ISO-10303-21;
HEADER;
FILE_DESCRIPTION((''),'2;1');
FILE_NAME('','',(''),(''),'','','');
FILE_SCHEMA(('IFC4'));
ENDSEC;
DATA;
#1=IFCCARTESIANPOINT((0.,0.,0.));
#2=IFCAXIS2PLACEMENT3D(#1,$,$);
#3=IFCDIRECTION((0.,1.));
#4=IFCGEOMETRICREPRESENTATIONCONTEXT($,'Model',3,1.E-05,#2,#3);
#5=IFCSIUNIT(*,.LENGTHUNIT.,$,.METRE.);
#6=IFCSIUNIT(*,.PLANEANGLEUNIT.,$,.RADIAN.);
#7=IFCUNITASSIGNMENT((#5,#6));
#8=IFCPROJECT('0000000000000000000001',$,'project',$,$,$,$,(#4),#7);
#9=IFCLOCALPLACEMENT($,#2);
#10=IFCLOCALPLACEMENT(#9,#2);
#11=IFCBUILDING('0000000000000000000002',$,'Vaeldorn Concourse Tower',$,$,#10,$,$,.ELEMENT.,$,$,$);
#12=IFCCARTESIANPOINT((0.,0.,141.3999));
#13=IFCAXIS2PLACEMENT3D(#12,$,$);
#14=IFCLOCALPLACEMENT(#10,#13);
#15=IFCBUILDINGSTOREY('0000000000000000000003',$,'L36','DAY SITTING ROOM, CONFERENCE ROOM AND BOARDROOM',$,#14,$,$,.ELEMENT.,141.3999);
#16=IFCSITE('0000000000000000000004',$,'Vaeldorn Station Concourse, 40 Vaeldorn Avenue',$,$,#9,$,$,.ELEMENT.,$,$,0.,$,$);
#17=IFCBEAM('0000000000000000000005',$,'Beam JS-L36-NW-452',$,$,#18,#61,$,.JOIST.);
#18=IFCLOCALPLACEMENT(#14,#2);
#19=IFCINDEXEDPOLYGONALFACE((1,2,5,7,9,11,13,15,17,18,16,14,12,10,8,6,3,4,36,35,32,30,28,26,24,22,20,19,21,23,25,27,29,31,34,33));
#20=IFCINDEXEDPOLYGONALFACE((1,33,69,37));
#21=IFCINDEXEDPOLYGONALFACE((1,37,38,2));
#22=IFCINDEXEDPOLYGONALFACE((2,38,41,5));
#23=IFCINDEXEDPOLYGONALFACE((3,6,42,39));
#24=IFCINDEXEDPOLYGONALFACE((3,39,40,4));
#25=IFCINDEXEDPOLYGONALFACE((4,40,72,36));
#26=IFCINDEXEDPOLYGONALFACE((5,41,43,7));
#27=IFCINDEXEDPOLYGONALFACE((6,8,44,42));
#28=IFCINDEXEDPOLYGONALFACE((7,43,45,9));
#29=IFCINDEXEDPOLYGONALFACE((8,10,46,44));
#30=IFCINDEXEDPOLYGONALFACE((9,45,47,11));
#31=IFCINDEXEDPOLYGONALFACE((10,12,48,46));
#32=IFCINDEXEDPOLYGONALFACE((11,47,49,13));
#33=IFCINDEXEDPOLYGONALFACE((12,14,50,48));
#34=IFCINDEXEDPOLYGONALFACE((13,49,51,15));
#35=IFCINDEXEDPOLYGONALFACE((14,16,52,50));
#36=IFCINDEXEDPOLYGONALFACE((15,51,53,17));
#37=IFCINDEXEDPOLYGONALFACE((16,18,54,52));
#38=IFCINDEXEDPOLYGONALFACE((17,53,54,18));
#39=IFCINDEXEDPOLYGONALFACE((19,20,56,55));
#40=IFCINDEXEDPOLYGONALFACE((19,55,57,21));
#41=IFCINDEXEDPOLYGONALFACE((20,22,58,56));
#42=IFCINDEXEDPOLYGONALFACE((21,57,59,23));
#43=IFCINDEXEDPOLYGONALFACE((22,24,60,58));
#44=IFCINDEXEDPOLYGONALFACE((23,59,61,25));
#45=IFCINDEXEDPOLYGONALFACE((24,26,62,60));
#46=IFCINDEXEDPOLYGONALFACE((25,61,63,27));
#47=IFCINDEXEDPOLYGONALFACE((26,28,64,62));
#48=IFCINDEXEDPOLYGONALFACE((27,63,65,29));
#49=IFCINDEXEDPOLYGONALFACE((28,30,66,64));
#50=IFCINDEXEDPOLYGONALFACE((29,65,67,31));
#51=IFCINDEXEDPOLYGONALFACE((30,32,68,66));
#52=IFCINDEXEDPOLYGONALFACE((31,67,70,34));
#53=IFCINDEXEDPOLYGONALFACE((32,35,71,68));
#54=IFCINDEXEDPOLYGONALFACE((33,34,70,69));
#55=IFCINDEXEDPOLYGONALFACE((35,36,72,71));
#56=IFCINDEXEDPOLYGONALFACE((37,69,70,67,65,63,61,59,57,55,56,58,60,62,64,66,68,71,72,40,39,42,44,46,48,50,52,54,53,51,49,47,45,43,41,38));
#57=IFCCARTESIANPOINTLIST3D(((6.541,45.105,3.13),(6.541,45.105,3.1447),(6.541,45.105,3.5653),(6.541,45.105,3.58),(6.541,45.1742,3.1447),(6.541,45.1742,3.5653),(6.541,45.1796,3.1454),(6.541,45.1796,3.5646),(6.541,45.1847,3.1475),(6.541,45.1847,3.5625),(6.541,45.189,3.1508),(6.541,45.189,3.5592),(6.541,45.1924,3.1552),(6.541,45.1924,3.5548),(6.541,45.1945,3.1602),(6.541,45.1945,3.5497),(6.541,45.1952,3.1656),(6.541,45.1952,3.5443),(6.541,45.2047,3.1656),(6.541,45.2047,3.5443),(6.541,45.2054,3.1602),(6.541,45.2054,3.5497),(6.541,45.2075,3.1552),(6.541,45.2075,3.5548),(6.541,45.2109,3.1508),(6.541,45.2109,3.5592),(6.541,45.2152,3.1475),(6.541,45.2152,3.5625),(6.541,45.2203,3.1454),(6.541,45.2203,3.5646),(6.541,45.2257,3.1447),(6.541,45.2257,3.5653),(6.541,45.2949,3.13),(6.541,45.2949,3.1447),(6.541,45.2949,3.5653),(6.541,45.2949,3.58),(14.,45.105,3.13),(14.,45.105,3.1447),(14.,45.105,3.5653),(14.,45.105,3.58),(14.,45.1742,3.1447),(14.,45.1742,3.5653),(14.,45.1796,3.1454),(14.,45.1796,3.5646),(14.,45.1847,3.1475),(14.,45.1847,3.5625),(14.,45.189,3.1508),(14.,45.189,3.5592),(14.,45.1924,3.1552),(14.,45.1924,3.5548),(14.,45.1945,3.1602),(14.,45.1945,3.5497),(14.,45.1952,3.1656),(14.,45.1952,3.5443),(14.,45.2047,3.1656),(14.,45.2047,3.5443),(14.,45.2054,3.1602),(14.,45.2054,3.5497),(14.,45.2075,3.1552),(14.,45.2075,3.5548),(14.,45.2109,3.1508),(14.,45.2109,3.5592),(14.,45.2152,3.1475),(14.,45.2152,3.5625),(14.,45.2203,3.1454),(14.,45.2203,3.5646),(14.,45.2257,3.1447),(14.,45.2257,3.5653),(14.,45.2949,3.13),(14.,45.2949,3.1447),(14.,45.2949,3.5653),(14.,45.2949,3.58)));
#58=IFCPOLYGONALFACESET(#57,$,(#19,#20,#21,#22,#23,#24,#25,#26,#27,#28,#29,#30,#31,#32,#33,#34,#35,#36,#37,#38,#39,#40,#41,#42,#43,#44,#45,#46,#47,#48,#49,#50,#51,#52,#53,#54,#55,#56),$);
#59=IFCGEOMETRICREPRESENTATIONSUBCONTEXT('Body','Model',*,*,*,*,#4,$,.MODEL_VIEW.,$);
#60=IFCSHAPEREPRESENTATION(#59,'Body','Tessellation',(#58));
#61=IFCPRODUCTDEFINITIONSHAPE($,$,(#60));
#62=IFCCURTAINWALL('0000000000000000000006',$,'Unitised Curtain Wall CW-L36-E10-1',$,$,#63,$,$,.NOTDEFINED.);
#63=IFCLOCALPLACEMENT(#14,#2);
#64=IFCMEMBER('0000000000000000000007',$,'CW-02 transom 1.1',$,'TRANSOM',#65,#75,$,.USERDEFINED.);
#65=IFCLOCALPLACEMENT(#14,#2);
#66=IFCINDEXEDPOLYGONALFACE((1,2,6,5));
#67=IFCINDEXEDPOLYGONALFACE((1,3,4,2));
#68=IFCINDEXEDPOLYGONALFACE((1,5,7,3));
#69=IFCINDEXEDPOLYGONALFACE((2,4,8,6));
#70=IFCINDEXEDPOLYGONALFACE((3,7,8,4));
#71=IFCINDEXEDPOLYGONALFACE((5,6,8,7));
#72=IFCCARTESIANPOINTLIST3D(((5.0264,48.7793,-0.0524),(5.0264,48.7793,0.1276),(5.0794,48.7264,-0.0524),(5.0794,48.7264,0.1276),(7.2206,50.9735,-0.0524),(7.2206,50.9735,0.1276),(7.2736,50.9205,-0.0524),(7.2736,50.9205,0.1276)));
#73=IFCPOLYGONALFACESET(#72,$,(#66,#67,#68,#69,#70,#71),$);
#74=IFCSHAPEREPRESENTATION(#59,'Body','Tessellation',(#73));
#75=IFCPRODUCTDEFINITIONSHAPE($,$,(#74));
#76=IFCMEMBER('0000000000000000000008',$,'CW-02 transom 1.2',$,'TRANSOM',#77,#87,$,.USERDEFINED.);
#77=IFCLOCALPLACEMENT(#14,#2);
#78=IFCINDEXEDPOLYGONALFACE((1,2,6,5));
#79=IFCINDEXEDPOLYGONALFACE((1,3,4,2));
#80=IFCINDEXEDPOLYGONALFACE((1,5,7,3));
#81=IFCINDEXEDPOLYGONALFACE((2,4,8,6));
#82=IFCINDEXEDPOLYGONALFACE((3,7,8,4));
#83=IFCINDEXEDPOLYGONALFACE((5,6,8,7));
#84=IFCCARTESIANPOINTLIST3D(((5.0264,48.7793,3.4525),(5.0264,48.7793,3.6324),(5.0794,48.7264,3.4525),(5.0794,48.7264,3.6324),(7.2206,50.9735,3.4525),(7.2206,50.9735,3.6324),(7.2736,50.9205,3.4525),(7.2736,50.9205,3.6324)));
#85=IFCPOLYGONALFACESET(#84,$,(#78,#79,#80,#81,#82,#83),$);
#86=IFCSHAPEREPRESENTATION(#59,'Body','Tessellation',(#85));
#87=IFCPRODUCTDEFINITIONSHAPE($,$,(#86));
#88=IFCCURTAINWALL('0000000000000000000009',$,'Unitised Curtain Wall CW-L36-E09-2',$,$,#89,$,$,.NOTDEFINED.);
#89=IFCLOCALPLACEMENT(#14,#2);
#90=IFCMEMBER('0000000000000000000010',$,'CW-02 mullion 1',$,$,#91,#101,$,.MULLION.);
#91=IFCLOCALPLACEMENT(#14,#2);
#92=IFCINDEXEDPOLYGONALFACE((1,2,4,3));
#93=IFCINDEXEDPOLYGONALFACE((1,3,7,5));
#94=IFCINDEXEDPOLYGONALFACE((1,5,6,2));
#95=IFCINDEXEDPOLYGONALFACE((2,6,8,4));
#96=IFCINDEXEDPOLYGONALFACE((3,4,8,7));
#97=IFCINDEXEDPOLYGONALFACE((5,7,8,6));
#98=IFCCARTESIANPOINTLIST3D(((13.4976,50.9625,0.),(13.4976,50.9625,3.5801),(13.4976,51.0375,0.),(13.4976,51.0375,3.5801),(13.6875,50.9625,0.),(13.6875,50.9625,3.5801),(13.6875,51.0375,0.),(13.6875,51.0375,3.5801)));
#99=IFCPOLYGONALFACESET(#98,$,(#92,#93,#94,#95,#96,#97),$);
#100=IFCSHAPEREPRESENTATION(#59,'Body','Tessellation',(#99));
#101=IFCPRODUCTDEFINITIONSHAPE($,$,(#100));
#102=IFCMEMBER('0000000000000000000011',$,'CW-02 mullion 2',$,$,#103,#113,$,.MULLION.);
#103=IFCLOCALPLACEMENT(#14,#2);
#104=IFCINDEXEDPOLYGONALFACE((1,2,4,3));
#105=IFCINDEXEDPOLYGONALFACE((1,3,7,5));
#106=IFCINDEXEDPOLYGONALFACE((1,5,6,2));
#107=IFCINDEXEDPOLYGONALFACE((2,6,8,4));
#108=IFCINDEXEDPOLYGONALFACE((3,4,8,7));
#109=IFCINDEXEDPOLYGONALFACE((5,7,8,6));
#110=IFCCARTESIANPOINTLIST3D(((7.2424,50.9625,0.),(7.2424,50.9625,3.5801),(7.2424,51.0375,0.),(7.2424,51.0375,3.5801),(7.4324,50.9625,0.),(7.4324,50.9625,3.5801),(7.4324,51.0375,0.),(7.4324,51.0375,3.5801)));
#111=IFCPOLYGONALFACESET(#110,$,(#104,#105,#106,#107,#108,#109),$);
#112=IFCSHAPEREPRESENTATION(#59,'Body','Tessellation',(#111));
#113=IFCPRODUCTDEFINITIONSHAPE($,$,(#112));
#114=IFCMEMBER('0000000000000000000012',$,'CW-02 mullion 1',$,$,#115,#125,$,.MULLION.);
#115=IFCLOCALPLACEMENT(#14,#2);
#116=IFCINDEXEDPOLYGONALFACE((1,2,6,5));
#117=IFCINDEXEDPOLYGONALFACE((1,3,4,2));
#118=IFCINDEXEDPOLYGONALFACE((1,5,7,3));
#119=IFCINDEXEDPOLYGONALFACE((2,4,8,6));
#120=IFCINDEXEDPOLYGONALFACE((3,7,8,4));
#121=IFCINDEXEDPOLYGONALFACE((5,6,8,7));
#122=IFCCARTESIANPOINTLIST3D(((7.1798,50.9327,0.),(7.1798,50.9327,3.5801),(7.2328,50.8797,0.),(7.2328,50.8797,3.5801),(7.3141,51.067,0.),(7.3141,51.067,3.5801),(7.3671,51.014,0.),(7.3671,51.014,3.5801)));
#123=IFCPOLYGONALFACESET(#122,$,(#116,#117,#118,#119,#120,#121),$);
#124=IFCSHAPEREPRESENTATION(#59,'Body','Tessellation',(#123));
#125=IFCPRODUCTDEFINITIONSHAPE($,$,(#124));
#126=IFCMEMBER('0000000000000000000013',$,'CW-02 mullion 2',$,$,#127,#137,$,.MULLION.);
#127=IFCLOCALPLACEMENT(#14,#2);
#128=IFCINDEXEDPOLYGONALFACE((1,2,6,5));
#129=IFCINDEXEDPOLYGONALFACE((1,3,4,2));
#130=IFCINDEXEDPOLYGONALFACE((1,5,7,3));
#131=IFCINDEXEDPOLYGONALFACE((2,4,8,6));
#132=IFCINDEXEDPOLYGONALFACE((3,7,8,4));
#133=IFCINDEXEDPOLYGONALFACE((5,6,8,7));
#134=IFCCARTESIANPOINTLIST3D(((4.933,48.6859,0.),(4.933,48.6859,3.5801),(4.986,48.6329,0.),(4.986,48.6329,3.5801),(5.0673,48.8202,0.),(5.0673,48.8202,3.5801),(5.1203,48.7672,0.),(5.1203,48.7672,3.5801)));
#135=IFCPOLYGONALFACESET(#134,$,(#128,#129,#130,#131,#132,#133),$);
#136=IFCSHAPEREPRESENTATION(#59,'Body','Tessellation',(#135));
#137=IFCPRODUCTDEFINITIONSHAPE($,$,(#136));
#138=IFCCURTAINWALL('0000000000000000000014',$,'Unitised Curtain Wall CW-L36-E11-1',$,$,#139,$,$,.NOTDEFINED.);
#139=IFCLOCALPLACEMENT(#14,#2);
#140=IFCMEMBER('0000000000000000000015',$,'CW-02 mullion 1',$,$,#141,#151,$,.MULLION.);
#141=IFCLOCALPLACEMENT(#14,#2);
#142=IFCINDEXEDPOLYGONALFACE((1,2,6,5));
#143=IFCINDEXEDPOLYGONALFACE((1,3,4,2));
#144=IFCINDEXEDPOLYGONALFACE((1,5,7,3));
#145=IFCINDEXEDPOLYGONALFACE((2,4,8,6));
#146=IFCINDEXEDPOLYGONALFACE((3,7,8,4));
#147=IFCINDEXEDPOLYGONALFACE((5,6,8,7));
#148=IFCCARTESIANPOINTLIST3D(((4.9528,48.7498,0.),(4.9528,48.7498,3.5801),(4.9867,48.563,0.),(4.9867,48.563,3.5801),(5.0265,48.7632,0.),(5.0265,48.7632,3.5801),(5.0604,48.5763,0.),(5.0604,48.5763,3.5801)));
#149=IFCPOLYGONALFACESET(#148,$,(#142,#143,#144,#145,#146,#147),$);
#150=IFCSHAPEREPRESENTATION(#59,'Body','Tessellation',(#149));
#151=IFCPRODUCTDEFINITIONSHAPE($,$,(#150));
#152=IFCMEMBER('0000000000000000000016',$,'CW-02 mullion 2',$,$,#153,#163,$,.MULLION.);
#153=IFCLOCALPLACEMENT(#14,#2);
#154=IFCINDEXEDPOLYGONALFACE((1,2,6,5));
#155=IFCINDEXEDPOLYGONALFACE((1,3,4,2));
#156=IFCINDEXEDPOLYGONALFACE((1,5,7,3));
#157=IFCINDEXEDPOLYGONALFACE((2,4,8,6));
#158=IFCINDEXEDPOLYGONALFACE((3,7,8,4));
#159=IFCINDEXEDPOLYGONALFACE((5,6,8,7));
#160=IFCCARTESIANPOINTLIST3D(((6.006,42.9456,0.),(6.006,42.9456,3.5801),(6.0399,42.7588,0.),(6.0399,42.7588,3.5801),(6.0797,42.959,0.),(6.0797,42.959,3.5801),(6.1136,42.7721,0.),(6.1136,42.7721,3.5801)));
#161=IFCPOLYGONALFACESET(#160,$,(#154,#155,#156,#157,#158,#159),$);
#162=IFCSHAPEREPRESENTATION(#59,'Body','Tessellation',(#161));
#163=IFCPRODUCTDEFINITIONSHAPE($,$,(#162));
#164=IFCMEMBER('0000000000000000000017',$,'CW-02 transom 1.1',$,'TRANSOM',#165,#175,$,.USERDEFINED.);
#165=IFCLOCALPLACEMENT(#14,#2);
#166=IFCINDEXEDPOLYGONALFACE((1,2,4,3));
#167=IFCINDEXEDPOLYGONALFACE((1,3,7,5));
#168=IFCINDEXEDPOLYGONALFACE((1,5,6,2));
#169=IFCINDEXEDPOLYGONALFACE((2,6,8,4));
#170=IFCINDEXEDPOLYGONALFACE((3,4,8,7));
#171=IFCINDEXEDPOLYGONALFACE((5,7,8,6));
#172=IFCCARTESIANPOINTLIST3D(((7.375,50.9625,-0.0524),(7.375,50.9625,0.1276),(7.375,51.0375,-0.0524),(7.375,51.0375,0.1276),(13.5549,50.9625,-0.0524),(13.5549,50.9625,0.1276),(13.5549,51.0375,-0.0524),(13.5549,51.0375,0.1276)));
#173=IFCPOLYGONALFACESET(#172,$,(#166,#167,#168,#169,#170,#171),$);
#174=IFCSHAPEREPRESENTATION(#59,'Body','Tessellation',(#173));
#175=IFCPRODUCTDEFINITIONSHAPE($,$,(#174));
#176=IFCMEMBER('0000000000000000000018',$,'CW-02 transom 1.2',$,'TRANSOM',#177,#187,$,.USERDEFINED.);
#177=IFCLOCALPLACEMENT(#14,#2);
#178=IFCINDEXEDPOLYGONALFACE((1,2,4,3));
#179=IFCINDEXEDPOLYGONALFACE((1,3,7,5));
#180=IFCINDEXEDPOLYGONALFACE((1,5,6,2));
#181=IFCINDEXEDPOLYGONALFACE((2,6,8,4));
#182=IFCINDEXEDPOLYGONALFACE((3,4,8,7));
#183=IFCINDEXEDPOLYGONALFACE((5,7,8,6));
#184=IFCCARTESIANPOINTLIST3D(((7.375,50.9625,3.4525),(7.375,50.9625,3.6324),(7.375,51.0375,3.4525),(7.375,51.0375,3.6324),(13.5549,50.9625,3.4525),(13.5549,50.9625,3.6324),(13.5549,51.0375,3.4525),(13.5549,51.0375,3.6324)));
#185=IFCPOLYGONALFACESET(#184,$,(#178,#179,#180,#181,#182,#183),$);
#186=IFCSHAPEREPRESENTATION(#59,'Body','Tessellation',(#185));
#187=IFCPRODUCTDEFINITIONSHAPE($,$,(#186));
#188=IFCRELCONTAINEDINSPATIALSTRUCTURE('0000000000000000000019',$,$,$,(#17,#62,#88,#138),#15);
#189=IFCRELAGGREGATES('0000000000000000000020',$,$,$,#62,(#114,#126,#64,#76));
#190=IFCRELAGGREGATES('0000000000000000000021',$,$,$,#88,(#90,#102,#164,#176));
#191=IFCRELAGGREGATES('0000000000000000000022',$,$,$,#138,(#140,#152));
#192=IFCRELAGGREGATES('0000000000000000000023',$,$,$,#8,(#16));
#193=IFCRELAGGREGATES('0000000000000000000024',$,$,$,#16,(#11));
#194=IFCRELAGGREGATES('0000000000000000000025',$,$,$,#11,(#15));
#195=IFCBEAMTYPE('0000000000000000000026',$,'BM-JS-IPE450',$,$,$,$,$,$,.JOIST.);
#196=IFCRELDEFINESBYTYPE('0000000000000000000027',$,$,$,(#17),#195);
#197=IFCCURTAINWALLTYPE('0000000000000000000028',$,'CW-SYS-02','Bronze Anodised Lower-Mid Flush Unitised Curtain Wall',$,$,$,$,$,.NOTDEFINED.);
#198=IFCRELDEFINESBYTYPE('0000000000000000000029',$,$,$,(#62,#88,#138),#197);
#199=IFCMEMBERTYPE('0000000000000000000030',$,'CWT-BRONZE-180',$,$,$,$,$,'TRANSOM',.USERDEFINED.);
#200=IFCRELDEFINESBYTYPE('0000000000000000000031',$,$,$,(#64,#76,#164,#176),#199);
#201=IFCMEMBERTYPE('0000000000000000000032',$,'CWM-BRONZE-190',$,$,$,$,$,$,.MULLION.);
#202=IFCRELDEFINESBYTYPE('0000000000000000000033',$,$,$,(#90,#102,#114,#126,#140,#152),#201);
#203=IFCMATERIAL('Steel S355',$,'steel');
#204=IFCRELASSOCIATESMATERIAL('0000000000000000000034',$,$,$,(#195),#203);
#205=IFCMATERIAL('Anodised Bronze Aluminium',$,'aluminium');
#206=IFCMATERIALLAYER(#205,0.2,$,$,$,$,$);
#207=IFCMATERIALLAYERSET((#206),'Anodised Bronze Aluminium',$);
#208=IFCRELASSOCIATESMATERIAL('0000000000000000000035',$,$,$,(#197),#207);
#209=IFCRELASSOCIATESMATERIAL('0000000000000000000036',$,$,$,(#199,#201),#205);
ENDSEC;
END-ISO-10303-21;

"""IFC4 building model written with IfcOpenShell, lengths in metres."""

from ifc_helpers import new_model, si_unit, direction, frame, origin, origin_2d, place, context, subcontext, project, spatial, rectangle, i_section, extrude, source, transform, mapped, material, layer, layer_set, material_profile, profile_set, type_object, element, aggregate, save


model = new_model("IFC4")

# Units and contexts
model_context = context("Model", 3, precision=1e-05, world=origin(), true_north=direction((0.0, 1.0)))
body_context = subcontext(model_context, "Body", "Model", "MODEL_VIEW")
ifc_project = project(units=[si_unit("LENGTHUNIT", "METRE"), si_unit("PLANEANGLEUNIT", "RADIAN")], contexts=[model_context])

# Site, building, storey
site_placement = place(None, origin())
site = spatial("IfcSite", under=ifc_project, at=site_placement, Name="Vaeldorn Station Concourse, 40 Vaeldorn Avenue", CompositionType="ELEMENT", RefElevation=0.0)
building_placement = place(site_placement, origin())
building = spatial("IfcBuilding", under=site, at=building_placement, Name="Vaeldorn Concourse Tower", CompositionType="ELEMENT")
storey_placement = place(building_placement, frame((0.0, 0.0, 141.3999)))
storey = spatial("IfcBuildingStorey", under=building, at=storey_placement, Name="L36", Description="DAY SITTING ROOM, CONFERENCE ROOM AND BOARDROOM", CompositionType="ELEMENT", Elevation=141.3999)

# Beam
ifc_material_1 = material(Name="Steel S355", Category="steel")
ifc_material_profile_1 = material_profile(ifc_material_1, i_section(OverallWidth=0.1899, OverallDepth=0.45, WebThickness=0.0095, FlangeThickness=0.0146, FilletRadius=0.021, at=origin_2d()), Name="IPE 450")
ifc_profile_set_1 = profile_set([ifc_material_profile_1], Name="Steel S355")
beam_type_1 = type_object("IfcBeamType", Name="BM-JS-IPE450", PredefinedType="JOIST", material=ifc_profile_set_1)
shared_shape_1 = source(origin(), body_context, "Body", "SweptSolid", [
    extrude(i_section(OverallWidth=0.1899, OverallDepth=0.45, WebThickness=0.0095, FlangeThickness=0.0146, FilletRadius=0.021, at=origin_2d()), origin(), (0.0, 0.0, 1.0), 7.459),
])
beam_1_placement = place(storey_placement, frame((6.541, 45.2, 3.355), z_axis=(1.0, 0.0, 0.0), x_axis=(0.0, 1.0, 0.0)))
element("IfcBeam", 1, at=beam_1_placement, inside=storey, type_object=beam_type_1, Name="Beam JS-L36-NW-452", PredefinedType="JOIST", context=body_context, shape_type="MappedRepresentation", body=[
    mapped(shared_shape_1, transform((0.0, 0.0, 0.0), scale=1.0)),
])

# Curtain walls, members
ifc_material_2 = material(Name="Anodised Bronze Aluminium", Category="aluminium")
ifc_layer_1 = layer(ifc_material_2, 0.2)
ifc_layer_set_1 = layer_set([ifc_layer_1], Name="Anodised Bronze Aluminium")
curtain_wall_type = type_object("IfcCurtainWallType", Name="CW-SYS-02", Description="Bronze Anodised Lower-Mid Flush Unitised Curtain Wall", PredefinedType="NOTDEFINED", material=ifc_layer_set_1)
curtain_wall_1_placement = place(storey_placement, origin())
curtain_wall_1 = element("IfcCurtainWall", 2, at=curtain_wall_1_placement, inside=storey, type_object=curtain_wall_type, Name="Unitised Curtain Wall CW-L36-E10-1", PredefinedType="NOTDEFINED")
ifc_material_profile_2 = material_profile(ifc_material_2, rectangle(XDim=0.075, YDim=0.1799, at=origin_2d()), Name="CWT 75x180")
ifc_profile_set_2 = profile_set([ifc_material_profile_2], Name="Anodised Bronze Aluminium")
member_type_1 = type_object("IfcMemberType", Name="CWT-BRONZE-180", ElementType="TRANSOM", PredefinedType="USERDEFINED", material=ifc_profile_set_2)
shared_shape_2 = source(origin(), body_context, "Body", "SweptSolid", [
    extrude(rectangle(XDim=0.075, YDim=0.1799, at=origin_2d()), origin(), (0.0, 0.0, 1.0), 3.103),
])
member_1_placement = place(storey_placement, frame((7.2471, 50.947, 0.0376), z_axis=(-0.707107, -0.707107, 0.0), x_axis=(0.707107, -0.707107, 0.0)))
member_1 = element("IfcMember", 3, at=member_1_placement, type_object=member_type_1, Name="CW-02 transom 1.1", ObjectType="TRANSOM", PredefinedType="USERDEFINED", context=body_context, shape_type="MappedRepresentation", body=[
    mapped(shared_shape_2, transform((0.0, 0.0, 0.0), scale=1.0)),
])
member_2_placement = place(storey_placement, frame((7.2471, 50.947, 3.5425), z_axis=(-0.707107, -0.707107, 0.0), x_axis=(0.707107, -0.707107, 0.0)))
member_2 = element("IfcMember", 4, at=member_2_placement, type_object=member_type_1, Name="CW-02 transom 1.2", ObjectType="TRANSOM", PredefinedType="USERDEFINED", context=body_context, shape_type="MappedRepresentation", body=[
    mapped(shared_shape_2, transform((0.0, 0.0, 0.0), scale=1.0)),
])
curtain_wall_2_placement = place(storey_placement, origin())
curtain_wall_2 = element("IfcCurtainWall", 5, at=curtain_wall_2_placement, inside=storey, type_object=curtain_wall_type, Name="Unitised Curtain Wall CW-L36-E09-2", PredefinedType="NOTDEFINED")
ifc_material_profile_3 = material_profile(ifc_material_2, rectangle(XDim=0.075, YDim=0.1899, at=origin_2d()), Name="CWM 75x190")
ifc_profile_set_3 = profile_set([ifc_material_profile_3], Name="Anodised Bronze Aluminium")
member_type_2 = type_object("IfcMemberType", Name="CWM-BRONZE-190", PredefinedType="MULLION", material=ifc_profile_set_3)
shared_shape_3 = source(origin(), body_context, "Body", "SweptSolid", [
    extrude(rectangle(XDim=0.075, YDim=0.1899, at=origin_2d()), origin(), (0.0, 0.0, 1.0), 3.5801),
])
member_3_placement = place(storey_placement, frame((13.5925, 51.0, 0.0), z_axis=(0.0, 0.0, 1.0), x_axis=(0.0, -1.0, 0.0)))
member_3 = element("IfcMember", 6, at=member_3_placement, type_object=member_type_2, Name="CW-02 mullion 1", PredefinedType="MULLION", context=body_context, shape_type="MappedRepresentation", body=[
    mapped(shared_shape_3, transform((0.0, 0.0, 0.0), scale=1.0)),
])
member_4_placement = place(storey_placement, frame((7.3374, 51.0, 0.0), z_axis=(0.0, 0.0, 1.0), x_axis=(0.0, -1.0, 0.0)))
member_4 = element("IfcMember", 7, at=member_4_placement, type_object=member_type_2, Name="CW-02 mullion 2", PredefinedType="MULLION", context=body_context, shape_type="MappedRepresentation", body=[
    mapped(shared_shape_3, transform((0.0, 0.0, 0.0), scale=1.0)),
])

# Members
member_5_placement = place(storey_placement, frame((7.2734, 50.9734, 0.0), z_axis=(0.0, 0.0, 1.0), x_axis=(0.707107, -0.707107, 0.0)))
member_5 = element("IfcMember", 8, at=member_5_placement, type_object=member_type_2, Name="CW-02 mullion 1", PredefinedType="MULLION", context=body_context, shape_type="MappedRepresentation", body=[
    mapped(shared_shape_3, transform((0.0, 0.0, 0.0), scale=1.0)),
])
member_6_placement = place(storey_placement, frame((5.0266, 48.7266, 0.0), z_axis=(0.0, 0.0, 1.0), x_axis=(0.707107, -0.707107, 0.0)))
member_6 = element("IfcMember", 9, at=member_6_placement, type_object=member_type_2, Name="CW-02 mullion 2", PredefinedType="MULLION", context=body_context, shape_type="MappedRepresentation", body=[
    mapped(shared_shape_3, transform((0.0, 0.0, 0.0), scale=1.0)),
])

# Curtain wall, members
curtain_wall_3_placement = place(storey_placement, origin())
curtain_wall_3 = element("IfcCurtainWall", 10, at=curtain_wall_3_placement, inside=storey, type_object=curtain_wall_type, Name="Unitised Curtain Wall CW-L36-E11-1", PredefinedType="NOTDEFINED")
member_7_placement = place(storey_placement, frame((5.0066, 48.6631, 0.0), z_axis=(0.0, 0.0, 1.0), x_axis=(0.983935, 0.178527, 0.0)))
member_7 = element("IfcMember", 11, at=member_7_placement, type_object=member_type_2, Name="CW-02 mullion 1", PredefinedType="MULLION", context=body_context, shape_type="MappedRepresentation", body=[
    mapped(shared_shape_3, transform((0.0, 0.0, 0.0), scale=1.0)),
])
member_8_placement = place(storey_placement, frame((6.0598, 42.8589, 0.0), z_axis=(0.0, 0.0, 1.0), x_axis=(0.983935, 0.178527, 0.0)))
member_8 = element("IfcMember", 12, at=member_8_placement, type_object=member_type_2, Name="CW-02 mullion 2", PredefinedType="MULLION", context=body_context, shape_type="MappedRepresentation", body=[
    mapped(shared_shape_3, transform((0.0, 0.0, 0.0), scale=1.0)),
])

# Members
shared_shape_4 = source(origin(), body_context, "Body", "SweptSolid", [
    extrude(rectangle(XDim=0.075, YDim=0.1799, at=origin_2d()), origin(), (0.0, 0.0, 1.0), 6.1799),
])
member_9_placement = place(storey_placement, frame((13.5549, 51.0, 0.0376), z_axis=(-1.0, 0.0, 0.0), x_axis=(0.0, -1.0, 0.0)))
member_9 = element("IfcMember", 13, at=member_9_placement, type_object=member_type_1, Name="CW-02 transom 1.1", ObjectType="TRANSOM", PredefinedType="USERDEFINED", context=body_context, shape_type="MappedRepresentation", body=[
    mapped(shared_shape_4, transform((0.0, 0.0, 0.0), scale=1.0)),
])
member_10_placement = place(storey_placement, frame((13.5549, 51.0, 3.5425), z_axis=(-1.0, 0.0, 0.0), x_axis=(0.0, -1.0, 0.0)))
member_10 = element("IfcMember", 14, at=member_10_placement, type_object=member_type_1, Name="CW-02 transom 1.2", ObjectType="TRANSOM", PredefinedType="USERDEFINED", context=body_context, shape_type="MappedRepresentation", body=[
    mapped(shared_shape_4, transform((0.0, 0.0, 0.0), scale=1.0)),
])

aggregate(curtain_wall_1, [member_5, member_6, member_1, member_2])
aggregate(curtain_wall_2, [member_3, member_4, member_9, member_10])
aggregate(curtain_wall_3, [member_7, member_8])

save(model, "model.ifc")
